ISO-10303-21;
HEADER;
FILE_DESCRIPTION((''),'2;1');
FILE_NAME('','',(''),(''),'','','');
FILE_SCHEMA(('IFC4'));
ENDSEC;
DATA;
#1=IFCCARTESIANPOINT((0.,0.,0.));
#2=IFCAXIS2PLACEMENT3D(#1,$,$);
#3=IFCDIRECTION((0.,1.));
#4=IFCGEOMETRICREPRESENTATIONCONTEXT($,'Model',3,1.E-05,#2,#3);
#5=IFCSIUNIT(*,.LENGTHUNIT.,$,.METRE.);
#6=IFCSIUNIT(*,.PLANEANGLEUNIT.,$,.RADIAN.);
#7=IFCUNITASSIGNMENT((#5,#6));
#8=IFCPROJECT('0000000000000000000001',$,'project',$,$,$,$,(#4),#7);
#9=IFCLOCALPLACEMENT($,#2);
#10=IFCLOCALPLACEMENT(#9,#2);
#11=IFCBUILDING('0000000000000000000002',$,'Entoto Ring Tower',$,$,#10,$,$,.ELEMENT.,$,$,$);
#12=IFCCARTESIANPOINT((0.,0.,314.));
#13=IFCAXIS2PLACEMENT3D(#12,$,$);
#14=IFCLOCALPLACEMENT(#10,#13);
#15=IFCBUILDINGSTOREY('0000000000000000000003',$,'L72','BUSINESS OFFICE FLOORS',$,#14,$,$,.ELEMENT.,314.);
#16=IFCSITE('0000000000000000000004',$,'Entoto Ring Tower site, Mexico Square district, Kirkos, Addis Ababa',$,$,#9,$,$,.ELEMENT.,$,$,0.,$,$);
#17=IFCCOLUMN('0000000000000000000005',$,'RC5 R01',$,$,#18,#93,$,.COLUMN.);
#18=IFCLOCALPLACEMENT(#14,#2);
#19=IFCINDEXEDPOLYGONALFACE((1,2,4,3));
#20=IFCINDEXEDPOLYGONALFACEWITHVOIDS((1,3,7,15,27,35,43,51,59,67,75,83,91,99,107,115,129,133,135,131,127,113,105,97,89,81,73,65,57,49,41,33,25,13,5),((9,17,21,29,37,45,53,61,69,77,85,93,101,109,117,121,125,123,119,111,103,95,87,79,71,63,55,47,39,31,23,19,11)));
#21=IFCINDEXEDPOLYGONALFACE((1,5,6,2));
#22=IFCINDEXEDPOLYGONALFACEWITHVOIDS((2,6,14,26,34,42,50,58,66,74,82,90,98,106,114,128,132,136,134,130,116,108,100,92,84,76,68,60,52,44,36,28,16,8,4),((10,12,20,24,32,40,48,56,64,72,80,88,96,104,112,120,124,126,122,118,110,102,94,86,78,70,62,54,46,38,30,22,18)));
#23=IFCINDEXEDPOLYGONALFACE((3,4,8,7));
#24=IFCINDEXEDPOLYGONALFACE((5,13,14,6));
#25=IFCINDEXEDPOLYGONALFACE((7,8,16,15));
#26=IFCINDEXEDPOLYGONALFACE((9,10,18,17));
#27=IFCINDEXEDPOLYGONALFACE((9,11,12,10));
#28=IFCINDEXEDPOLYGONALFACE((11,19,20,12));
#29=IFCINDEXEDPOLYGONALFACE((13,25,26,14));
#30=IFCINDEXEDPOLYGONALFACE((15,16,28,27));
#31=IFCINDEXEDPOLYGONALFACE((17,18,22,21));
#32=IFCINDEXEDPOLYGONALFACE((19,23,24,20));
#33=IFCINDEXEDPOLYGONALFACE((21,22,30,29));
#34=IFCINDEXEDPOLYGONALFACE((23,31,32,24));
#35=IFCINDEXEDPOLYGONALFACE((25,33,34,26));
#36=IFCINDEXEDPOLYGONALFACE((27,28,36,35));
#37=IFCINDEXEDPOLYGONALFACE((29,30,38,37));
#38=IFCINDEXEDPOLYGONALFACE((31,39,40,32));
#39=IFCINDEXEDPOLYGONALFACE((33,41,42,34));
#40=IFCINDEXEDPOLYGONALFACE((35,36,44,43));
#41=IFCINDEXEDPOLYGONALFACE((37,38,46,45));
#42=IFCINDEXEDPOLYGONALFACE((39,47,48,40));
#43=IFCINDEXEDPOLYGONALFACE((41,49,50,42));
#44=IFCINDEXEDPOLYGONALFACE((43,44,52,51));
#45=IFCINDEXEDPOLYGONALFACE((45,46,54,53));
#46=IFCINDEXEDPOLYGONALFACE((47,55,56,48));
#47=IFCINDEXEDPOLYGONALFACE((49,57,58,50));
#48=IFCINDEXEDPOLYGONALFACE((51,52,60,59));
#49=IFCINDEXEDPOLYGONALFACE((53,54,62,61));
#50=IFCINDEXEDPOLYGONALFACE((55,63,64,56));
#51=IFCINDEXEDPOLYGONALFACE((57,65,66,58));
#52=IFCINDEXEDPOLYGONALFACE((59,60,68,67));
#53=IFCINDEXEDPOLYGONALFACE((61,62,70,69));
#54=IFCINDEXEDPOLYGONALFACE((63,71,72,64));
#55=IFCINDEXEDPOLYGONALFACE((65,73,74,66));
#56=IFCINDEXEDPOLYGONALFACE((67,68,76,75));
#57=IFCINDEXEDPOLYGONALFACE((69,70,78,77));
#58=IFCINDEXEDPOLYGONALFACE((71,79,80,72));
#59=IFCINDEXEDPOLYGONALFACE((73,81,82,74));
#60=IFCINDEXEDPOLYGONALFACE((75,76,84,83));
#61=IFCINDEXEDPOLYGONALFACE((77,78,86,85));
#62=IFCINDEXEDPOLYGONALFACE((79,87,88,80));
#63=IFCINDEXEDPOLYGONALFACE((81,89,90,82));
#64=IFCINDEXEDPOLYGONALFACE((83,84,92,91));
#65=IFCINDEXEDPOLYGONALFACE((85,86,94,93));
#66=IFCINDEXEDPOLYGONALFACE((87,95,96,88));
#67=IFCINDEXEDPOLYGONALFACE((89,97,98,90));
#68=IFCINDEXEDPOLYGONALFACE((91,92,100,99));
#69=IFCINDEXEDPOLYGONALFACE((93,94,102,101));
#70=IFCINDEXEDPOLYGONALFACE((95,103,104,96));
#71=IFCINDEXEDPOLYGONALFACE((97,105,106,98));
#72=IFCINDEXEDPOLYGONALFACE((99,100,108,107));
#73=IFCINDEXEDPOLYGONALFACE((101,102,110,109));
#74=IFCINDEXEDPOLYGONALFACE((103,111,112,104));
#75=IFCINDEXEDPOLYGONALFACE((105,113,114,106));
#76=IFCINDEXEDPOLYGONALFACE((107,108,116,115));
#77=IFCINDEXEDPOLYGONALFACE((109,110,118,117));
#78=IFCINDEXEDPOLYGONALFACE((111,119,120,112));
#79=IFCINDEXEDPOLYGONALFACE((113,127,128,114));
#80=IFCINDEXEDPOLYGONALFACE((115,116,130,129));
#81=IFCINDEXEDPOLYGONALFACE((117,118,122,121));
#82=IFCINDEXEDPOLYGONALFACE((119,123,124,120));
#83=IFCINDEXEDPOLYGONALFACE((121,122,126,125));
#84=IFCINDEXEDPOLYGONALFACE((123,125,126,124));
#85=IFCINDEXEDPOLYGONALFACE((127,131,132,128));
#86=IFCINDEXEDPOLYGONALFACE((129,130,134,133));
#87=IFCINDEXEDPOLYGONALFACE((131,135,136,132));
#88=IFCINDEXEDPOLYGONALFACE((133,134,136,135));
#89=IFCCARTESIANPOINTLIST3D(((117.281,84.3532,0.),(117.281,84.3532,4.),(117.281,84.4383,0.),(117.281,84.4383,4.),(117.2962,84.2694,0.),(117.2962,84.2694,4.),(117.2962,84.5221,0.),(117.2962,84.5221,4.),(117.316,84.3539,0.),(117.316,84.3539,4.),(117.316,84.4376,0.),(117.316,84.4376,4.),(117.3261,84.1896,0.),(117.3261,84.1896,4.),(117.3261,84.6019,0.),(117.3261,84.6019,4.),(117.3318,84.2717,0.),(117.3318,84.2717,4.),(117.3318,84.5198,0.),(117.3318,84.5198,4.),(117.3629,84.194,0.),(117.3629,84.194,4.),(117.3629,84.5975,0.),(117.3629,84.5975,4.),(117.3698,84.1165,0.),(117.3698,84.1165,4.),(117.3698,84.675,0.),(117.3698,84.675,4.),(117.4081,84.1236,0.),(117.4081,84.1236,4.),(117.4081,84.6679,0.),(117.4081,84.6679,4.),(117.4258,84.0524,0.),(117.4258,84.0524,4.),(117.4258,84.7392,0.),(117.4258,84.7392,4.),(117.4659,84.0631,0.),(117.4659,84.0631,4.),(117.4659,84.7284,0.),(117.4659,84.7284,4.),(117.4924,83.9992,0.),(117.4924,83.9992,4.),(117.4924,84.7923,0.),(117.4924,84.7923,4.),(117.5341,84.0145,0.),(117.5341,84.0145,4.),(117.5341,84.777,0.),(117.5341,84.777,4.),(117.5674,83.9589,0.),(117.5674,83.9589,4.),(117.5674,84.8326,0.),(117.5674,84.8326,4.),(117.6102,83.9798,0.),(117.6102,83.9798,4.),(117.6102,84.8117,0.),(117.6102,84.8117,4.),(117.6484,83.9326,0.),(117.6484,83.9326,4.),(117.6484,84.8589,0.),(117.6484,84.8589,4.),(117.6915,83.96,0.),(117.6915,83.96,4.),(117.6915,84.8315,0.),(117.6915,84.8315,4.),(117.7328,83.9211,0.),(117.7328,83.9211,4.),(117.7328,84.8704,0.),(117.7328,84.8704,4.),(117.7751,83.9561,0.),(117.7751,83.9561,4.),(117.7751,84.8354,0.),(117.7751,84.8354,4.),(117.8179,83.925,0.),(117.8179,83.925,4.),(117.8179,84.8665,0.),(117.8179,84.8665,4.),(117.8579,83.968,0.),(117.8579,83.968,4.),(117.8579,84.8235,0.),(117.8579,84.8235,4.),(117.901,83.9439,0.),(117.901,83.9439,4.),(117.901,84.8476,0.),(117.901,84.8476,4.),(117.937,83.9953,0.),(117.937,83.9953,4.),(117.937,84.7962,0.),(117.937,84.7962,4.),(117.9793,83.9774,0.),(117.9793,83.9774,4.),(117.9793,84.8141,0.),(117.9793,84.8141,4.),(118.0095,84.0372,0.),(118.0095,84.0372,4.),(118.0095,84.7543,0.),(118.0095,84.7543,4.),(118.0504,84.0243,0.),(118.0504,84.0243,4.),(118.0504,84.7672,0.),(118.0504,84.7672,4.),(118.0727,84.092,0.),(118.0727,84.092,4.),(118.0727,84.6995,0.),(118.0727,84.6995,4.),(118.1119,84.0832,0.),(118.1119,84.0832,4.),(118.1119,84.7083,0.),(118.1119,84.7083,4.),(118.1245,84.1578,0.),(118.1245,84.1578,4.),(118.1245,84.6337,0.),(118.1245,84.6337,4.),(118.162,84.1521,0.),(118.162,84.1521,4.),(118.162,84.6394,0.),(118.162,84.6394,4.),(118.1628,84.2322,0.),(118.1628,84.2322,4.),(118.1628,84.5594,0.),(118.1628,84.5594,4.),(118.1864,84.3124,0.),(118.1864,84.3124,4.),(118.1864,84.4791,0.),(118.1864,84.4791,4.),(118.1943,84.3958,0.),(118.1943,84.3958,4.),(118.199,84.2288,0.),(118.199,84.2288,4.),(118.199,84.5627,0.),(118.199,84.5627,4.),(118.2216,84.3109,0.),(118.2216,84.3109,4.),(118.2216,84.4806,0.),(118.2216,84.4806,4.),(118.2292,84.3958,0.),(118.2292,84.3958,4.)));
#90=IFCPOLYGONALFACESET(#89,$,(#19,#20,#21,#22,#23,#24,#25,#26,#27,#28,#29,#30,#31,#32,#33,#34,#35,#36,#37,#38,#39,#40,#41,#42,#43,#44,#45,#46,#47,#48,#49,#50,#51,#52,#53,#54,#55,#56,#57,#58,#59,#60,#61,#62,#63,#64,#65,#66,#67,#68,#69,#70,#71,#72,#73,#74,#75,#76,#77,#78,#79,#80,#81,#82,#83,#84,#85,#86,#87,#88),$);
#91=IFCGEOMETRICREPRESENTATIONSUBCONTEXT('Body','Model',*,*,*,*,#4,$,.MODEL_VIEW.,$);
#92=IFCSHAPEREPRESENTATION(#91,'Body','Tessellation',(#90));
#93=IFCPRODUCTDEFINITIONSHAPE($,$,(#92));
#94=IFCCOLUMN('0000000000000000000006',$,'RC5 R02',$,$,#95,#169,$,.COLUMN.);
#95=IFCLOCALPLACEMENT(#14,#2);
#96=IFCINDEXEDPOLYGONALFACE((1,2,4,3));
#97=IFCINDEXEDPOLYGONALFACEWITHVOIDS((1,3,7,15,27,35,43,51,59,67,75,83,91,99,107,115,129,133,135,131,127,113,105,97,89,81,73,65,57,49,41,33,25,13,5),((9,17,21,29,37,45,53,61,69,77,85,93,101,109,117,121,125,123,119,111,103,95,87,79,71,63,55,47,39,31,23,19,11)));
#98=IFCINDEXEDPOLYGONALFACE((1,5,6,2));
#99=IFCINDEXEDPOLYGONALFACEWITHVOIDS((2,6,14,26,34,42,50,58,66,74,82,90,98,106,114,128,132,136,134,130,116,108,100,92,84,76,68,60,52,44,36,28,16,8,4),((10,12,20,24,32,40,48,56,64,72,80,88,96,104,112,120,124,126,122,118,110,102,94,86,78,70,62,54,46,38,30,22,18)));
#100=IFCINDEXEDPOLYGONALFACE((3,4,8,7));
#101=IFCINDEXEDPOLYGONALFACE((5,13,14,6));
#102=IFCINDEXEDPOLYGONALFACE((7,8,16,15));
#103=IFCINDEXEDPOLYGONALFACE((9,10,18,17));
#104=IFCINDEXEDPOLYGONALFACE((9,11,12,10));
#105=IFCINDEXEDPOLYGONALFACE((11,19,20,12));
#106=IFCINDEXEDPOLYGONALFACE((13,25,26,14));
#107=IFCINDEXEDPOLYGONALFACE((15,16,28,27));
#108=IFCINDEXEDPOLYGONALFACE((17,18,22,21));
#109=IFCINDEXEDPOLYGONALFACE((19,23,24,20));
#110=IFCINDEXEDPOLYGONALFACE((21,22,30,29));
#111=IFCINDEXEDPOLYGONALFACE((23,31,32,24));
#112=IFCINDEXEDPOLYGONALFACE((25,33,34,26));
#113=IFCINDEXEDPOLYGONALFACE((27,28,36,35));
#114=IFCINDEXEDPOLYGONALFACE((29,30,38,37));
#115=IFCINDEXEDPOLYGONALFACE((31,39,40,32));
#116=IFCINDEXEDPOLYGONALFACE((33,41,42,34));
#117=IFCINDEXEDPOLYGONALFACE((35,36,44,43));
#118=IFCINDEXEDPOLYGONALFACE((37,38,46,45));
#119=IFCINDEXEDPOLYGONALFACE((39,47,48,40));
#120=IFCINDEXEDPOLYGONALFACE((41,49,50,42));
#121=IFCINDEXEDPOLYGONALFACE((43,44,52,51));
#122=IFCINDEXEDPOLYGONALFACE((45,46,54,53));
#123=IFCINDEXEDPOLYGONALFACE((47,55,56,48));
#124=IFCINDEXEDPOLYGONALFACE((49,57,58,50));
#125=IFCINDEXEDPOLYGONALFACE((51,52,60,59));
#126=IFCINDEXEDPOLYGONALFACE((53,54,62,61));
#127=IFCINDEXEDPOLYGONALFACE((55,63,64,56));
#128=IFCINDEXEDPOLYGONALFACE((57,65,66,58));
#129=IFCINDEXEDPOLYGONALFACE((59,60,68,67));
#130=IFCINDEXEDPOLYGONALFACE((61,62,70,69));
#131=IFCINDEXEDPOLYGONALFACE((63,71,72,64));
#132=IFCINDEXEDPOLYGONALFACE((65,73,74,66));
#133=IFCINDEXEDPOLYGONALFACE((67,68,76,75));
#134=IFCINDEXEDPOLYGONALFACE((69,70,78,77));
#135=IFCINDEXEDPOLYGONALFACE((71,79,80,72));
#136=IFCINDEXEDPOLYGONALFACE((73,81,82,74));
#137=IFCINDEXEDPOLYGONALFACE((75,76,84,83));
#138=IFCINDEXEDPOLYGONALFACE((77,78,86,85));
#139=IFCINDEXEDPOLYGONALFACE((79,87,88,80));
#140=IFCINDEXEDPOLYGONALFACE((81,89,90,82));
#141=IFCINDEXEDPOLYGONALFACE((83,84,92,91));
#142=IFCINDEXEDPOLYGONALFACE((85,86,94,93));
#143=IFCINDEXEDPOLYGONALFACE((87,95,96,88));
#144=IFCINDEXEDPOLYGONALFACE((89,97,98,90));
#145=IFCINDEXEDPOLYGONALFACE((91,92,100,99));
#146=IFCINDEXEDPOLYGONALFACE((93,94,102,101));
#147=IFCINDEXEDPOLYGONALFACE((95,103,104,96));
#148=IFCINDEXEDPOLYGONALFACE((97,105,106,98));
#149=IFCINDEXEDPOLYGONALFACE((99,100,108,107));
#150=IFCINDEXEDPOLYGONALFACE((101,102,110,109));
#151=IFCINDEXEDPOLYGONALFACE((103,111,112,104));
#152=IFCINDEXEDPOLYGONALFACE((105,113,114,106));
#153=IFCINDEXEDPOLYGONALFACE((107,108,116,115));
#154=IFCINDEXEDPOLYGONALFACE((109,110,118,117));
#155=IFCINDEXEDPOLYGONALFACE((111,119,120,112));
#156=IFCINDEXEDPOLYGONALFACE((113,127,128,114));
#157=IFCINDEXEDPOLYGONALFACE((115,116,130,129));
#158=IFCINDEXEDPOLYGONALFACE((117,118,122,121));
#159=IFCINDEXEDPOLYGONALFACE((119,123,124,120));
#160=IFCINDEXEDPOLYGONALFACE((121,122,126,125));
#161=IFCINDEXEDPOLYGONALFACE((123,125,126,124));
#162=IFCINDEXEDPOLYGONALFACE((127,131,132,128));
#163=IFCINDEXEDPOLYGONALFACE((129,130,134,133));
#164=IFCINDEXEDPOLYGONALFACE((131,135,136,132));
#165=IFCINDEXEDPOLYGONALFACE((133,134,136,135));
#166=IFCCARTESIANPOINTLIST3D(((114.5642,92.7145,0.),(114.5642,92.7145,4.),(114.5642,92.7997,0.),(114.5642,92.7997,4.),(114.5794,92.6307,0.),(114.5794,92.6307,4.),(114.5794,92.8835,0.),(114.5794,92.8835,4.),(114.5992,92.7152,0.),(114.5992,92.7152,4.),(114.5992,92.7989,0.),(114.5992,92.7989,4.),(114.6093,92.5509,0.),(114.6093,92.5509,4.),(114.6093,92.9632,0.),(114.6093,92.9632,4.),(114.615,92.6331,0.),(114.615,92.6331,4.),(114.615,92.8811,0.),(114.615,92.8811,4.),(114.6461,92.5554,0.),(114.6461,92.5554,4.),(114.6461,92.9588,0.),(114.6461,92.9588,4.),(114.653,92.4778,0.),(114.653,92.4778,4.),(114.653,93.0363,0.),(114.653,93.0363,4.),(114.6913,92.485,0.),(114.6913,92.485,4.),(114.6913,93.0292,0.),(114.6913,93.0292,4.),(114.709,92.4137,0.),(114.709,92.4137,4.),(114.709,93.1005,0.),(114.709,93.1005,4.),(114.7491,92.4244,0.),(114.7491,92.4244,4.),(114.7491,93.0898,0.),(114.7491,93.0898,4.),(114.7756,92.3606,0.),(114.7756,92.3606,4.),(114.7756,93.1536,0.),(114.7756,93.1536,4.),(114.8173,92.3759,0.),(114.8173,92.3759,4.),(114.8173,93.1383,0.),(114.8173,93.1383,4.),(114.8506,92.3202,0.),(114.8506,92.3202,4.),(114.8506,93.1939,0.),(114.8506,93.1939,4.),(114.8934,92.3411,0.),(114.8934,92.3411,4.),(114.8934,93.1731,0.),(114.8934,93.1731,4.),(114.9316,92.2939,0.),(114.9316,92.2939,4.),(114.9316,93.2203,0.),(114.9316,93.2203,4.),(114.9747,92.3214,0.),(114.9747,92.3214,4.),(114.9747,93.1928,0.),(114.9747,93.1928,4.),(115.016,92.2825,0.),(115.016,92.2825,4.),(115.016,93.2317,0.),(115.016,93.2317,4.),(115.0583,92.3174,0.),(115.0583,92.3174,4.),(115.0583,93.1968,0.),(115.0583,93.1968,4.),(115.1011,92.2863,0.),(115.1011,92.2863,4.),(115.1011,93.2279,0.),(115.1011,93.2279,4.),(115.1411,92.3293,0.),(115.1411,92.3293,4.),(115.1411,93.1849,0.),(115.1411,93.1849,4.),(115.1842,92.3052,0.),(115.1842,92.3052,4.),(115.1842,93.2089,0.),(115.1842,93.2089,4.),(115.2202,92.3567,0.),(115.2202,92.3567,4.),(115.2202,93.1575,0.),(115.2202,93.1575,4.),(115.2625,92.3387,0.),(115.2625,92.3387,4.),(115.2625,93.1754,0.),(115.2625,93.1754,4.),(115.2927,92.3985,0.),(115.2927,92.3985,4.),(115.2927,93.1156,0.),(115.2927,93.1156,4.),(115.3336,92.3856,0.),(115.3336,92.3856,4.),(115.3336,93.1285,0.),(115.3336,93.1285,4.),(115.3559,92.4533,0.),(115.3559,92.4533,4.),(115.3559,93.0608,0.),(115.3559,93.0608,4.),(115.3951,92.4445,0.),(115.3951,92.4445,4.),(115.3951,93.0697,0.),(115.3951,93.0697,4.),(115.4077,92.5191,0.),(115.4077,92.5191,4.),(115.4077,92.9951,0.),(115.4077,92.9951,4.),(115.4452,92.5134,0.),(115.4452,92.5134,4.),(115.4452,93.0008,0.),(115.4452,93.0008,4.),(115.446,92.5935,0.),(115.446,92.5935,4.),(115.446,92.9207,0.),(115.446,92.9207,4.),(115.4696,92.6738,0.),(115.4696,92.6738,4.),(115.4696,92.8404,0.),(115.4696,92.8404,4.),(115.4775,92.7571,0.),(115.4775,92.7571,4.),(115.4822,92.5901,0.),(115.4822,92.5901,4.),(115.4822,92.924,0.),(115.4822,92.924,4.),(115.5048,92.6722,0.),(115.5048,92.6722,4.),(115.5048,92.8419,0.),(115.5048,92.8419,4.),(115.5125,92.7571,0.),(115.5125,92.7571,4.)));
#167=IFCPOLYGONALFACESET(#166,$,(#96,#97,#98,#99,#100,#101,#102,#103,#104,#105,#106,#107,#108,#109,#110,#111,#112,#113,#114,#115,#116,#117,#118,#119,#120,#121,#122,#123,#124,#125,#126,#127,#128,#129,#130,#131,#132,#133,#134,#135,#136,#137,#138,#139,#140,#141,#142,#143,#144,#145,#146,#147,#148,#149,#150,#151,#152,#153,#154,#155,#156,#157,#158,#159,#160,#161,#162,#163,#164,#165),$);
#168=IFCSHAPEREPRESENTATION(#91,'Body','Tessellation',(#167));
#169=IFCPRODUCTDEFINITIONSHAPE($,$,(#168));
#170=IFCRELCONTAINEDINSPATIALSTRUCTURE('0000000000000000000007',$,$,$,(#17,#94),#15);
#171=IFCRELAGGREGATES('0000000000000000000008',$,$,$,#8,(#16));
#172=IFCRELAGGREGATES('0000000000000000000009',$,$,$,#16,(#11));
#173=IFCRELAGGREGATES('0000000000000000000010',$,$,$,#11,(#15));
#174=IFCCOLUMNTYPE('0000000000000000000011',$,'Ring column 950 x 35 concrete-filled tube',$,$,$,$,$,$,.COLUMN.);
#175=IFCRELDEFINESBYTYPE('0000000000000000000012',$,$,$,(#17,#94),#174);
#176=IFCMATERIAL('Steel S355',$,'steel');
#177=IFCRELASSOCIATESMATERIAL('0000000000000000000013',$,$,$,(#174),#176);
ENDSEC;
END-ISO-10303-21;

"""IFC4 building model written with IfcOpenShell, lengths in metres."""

from ifc_helpers import new_model, si_unit, direction, frame, origin, origin_2d, place, context, subcontext, project, spatial, circle, hollow_circle, extrude, material, material_profile, profile_set, type_object, element, save


model = new_model("IFC4")

# Units and contexts
model_context = context("Model", 3, precision=1e-05, world=origin(), true_north=direction((0.0, 1.0)))
body_context = subcontext(model_context, "Body", "Model", "MODEL_VIEW")
ifc_project = project(units=[si_unit("LENGTHUNIT", "METRE"), si_unit("PLANEANGLEUNIT", "RADIAN")], contexts=[model_context])

# Site, building, storey
site_placement = place(None, origin())
site = spatial("IfcSite", under=ifc_project, at=site_placement, Name="Entoto Ring Tower site, Mexico Square district, Kirkos, Addis Ababa", CompositionType="ELEMENT", RefElevation=0.0)
building_placement = place(site_placement, origin())
building = spatial("IfcBuilding", under=site, at=building_placement, Name="Entoto Ring Tower", CompositionType="ELEMENT")
storey_placement = place(building_placement, frame((0.0, 0.0, 314.0)))
storey = spatial("IfcBuildingStorey", under=building, at=storey_placement, Name="L72", Description="BUSINESS OFFICE FLOORS", CompositionType="ELEMENT", Elevation=314.0)

# Columns
ifc_material_1 = material(Name="Steel S355", Category="steel")
ifc_material_profile_1 = material_profile(ifc_material_1, hollow_circle(Radius=0.4751, WallThickness=0.0349, at=origin_2d()), Name="CHS 950 x 35")
ifc_material_2 = material(Name="Concrete C60/75", Category="concrete")
ifc_material_profile_2 = material_profile(ifc_material_2, circle(Radius=0.4399, at=origin_2d()), Name="Concrete C60/75 infill")
ifc_profile_set_1 = profile_set([ifc_material_profile_1, ifc_material_profile_2], Name="Steel S355")
column_type = type_object("IfcColumnType", Name="Ring column 950 x 35 concrete-filled tube", PredefinedType="COLUMN", material=ifc_profile_set_1)
for number, where, z_axis, x_axis, name in (
    (1, (117.7542, 84.3958, 0.0), (0.0, 0.0, 1.0), (1.0, 0.0, 0.0), "RC5 R01"),
    (2, (115.0374, 92.7571, 0.0), (0.0, 0.0, 1.0), (1.0, 0.0, 0.0), "RC5 R02"),
):
    element("IfcColumn", number, at=place(storey_placement, frame(where, z_axis=z_axis, x_axis=x_axis)), inside=storey, type_object=column_type, Name=name, PredefinedType="COLUMN", context=body_context, shape_type="SweptSolid", body=[
        extrude(hollow_circle(Radius=0.4751, WallThickness=0.0349, at=origin_2d()), origin(), (0.0, 0.0, 1.0), 4.0),
    ])

save(model, "model.ifc")
